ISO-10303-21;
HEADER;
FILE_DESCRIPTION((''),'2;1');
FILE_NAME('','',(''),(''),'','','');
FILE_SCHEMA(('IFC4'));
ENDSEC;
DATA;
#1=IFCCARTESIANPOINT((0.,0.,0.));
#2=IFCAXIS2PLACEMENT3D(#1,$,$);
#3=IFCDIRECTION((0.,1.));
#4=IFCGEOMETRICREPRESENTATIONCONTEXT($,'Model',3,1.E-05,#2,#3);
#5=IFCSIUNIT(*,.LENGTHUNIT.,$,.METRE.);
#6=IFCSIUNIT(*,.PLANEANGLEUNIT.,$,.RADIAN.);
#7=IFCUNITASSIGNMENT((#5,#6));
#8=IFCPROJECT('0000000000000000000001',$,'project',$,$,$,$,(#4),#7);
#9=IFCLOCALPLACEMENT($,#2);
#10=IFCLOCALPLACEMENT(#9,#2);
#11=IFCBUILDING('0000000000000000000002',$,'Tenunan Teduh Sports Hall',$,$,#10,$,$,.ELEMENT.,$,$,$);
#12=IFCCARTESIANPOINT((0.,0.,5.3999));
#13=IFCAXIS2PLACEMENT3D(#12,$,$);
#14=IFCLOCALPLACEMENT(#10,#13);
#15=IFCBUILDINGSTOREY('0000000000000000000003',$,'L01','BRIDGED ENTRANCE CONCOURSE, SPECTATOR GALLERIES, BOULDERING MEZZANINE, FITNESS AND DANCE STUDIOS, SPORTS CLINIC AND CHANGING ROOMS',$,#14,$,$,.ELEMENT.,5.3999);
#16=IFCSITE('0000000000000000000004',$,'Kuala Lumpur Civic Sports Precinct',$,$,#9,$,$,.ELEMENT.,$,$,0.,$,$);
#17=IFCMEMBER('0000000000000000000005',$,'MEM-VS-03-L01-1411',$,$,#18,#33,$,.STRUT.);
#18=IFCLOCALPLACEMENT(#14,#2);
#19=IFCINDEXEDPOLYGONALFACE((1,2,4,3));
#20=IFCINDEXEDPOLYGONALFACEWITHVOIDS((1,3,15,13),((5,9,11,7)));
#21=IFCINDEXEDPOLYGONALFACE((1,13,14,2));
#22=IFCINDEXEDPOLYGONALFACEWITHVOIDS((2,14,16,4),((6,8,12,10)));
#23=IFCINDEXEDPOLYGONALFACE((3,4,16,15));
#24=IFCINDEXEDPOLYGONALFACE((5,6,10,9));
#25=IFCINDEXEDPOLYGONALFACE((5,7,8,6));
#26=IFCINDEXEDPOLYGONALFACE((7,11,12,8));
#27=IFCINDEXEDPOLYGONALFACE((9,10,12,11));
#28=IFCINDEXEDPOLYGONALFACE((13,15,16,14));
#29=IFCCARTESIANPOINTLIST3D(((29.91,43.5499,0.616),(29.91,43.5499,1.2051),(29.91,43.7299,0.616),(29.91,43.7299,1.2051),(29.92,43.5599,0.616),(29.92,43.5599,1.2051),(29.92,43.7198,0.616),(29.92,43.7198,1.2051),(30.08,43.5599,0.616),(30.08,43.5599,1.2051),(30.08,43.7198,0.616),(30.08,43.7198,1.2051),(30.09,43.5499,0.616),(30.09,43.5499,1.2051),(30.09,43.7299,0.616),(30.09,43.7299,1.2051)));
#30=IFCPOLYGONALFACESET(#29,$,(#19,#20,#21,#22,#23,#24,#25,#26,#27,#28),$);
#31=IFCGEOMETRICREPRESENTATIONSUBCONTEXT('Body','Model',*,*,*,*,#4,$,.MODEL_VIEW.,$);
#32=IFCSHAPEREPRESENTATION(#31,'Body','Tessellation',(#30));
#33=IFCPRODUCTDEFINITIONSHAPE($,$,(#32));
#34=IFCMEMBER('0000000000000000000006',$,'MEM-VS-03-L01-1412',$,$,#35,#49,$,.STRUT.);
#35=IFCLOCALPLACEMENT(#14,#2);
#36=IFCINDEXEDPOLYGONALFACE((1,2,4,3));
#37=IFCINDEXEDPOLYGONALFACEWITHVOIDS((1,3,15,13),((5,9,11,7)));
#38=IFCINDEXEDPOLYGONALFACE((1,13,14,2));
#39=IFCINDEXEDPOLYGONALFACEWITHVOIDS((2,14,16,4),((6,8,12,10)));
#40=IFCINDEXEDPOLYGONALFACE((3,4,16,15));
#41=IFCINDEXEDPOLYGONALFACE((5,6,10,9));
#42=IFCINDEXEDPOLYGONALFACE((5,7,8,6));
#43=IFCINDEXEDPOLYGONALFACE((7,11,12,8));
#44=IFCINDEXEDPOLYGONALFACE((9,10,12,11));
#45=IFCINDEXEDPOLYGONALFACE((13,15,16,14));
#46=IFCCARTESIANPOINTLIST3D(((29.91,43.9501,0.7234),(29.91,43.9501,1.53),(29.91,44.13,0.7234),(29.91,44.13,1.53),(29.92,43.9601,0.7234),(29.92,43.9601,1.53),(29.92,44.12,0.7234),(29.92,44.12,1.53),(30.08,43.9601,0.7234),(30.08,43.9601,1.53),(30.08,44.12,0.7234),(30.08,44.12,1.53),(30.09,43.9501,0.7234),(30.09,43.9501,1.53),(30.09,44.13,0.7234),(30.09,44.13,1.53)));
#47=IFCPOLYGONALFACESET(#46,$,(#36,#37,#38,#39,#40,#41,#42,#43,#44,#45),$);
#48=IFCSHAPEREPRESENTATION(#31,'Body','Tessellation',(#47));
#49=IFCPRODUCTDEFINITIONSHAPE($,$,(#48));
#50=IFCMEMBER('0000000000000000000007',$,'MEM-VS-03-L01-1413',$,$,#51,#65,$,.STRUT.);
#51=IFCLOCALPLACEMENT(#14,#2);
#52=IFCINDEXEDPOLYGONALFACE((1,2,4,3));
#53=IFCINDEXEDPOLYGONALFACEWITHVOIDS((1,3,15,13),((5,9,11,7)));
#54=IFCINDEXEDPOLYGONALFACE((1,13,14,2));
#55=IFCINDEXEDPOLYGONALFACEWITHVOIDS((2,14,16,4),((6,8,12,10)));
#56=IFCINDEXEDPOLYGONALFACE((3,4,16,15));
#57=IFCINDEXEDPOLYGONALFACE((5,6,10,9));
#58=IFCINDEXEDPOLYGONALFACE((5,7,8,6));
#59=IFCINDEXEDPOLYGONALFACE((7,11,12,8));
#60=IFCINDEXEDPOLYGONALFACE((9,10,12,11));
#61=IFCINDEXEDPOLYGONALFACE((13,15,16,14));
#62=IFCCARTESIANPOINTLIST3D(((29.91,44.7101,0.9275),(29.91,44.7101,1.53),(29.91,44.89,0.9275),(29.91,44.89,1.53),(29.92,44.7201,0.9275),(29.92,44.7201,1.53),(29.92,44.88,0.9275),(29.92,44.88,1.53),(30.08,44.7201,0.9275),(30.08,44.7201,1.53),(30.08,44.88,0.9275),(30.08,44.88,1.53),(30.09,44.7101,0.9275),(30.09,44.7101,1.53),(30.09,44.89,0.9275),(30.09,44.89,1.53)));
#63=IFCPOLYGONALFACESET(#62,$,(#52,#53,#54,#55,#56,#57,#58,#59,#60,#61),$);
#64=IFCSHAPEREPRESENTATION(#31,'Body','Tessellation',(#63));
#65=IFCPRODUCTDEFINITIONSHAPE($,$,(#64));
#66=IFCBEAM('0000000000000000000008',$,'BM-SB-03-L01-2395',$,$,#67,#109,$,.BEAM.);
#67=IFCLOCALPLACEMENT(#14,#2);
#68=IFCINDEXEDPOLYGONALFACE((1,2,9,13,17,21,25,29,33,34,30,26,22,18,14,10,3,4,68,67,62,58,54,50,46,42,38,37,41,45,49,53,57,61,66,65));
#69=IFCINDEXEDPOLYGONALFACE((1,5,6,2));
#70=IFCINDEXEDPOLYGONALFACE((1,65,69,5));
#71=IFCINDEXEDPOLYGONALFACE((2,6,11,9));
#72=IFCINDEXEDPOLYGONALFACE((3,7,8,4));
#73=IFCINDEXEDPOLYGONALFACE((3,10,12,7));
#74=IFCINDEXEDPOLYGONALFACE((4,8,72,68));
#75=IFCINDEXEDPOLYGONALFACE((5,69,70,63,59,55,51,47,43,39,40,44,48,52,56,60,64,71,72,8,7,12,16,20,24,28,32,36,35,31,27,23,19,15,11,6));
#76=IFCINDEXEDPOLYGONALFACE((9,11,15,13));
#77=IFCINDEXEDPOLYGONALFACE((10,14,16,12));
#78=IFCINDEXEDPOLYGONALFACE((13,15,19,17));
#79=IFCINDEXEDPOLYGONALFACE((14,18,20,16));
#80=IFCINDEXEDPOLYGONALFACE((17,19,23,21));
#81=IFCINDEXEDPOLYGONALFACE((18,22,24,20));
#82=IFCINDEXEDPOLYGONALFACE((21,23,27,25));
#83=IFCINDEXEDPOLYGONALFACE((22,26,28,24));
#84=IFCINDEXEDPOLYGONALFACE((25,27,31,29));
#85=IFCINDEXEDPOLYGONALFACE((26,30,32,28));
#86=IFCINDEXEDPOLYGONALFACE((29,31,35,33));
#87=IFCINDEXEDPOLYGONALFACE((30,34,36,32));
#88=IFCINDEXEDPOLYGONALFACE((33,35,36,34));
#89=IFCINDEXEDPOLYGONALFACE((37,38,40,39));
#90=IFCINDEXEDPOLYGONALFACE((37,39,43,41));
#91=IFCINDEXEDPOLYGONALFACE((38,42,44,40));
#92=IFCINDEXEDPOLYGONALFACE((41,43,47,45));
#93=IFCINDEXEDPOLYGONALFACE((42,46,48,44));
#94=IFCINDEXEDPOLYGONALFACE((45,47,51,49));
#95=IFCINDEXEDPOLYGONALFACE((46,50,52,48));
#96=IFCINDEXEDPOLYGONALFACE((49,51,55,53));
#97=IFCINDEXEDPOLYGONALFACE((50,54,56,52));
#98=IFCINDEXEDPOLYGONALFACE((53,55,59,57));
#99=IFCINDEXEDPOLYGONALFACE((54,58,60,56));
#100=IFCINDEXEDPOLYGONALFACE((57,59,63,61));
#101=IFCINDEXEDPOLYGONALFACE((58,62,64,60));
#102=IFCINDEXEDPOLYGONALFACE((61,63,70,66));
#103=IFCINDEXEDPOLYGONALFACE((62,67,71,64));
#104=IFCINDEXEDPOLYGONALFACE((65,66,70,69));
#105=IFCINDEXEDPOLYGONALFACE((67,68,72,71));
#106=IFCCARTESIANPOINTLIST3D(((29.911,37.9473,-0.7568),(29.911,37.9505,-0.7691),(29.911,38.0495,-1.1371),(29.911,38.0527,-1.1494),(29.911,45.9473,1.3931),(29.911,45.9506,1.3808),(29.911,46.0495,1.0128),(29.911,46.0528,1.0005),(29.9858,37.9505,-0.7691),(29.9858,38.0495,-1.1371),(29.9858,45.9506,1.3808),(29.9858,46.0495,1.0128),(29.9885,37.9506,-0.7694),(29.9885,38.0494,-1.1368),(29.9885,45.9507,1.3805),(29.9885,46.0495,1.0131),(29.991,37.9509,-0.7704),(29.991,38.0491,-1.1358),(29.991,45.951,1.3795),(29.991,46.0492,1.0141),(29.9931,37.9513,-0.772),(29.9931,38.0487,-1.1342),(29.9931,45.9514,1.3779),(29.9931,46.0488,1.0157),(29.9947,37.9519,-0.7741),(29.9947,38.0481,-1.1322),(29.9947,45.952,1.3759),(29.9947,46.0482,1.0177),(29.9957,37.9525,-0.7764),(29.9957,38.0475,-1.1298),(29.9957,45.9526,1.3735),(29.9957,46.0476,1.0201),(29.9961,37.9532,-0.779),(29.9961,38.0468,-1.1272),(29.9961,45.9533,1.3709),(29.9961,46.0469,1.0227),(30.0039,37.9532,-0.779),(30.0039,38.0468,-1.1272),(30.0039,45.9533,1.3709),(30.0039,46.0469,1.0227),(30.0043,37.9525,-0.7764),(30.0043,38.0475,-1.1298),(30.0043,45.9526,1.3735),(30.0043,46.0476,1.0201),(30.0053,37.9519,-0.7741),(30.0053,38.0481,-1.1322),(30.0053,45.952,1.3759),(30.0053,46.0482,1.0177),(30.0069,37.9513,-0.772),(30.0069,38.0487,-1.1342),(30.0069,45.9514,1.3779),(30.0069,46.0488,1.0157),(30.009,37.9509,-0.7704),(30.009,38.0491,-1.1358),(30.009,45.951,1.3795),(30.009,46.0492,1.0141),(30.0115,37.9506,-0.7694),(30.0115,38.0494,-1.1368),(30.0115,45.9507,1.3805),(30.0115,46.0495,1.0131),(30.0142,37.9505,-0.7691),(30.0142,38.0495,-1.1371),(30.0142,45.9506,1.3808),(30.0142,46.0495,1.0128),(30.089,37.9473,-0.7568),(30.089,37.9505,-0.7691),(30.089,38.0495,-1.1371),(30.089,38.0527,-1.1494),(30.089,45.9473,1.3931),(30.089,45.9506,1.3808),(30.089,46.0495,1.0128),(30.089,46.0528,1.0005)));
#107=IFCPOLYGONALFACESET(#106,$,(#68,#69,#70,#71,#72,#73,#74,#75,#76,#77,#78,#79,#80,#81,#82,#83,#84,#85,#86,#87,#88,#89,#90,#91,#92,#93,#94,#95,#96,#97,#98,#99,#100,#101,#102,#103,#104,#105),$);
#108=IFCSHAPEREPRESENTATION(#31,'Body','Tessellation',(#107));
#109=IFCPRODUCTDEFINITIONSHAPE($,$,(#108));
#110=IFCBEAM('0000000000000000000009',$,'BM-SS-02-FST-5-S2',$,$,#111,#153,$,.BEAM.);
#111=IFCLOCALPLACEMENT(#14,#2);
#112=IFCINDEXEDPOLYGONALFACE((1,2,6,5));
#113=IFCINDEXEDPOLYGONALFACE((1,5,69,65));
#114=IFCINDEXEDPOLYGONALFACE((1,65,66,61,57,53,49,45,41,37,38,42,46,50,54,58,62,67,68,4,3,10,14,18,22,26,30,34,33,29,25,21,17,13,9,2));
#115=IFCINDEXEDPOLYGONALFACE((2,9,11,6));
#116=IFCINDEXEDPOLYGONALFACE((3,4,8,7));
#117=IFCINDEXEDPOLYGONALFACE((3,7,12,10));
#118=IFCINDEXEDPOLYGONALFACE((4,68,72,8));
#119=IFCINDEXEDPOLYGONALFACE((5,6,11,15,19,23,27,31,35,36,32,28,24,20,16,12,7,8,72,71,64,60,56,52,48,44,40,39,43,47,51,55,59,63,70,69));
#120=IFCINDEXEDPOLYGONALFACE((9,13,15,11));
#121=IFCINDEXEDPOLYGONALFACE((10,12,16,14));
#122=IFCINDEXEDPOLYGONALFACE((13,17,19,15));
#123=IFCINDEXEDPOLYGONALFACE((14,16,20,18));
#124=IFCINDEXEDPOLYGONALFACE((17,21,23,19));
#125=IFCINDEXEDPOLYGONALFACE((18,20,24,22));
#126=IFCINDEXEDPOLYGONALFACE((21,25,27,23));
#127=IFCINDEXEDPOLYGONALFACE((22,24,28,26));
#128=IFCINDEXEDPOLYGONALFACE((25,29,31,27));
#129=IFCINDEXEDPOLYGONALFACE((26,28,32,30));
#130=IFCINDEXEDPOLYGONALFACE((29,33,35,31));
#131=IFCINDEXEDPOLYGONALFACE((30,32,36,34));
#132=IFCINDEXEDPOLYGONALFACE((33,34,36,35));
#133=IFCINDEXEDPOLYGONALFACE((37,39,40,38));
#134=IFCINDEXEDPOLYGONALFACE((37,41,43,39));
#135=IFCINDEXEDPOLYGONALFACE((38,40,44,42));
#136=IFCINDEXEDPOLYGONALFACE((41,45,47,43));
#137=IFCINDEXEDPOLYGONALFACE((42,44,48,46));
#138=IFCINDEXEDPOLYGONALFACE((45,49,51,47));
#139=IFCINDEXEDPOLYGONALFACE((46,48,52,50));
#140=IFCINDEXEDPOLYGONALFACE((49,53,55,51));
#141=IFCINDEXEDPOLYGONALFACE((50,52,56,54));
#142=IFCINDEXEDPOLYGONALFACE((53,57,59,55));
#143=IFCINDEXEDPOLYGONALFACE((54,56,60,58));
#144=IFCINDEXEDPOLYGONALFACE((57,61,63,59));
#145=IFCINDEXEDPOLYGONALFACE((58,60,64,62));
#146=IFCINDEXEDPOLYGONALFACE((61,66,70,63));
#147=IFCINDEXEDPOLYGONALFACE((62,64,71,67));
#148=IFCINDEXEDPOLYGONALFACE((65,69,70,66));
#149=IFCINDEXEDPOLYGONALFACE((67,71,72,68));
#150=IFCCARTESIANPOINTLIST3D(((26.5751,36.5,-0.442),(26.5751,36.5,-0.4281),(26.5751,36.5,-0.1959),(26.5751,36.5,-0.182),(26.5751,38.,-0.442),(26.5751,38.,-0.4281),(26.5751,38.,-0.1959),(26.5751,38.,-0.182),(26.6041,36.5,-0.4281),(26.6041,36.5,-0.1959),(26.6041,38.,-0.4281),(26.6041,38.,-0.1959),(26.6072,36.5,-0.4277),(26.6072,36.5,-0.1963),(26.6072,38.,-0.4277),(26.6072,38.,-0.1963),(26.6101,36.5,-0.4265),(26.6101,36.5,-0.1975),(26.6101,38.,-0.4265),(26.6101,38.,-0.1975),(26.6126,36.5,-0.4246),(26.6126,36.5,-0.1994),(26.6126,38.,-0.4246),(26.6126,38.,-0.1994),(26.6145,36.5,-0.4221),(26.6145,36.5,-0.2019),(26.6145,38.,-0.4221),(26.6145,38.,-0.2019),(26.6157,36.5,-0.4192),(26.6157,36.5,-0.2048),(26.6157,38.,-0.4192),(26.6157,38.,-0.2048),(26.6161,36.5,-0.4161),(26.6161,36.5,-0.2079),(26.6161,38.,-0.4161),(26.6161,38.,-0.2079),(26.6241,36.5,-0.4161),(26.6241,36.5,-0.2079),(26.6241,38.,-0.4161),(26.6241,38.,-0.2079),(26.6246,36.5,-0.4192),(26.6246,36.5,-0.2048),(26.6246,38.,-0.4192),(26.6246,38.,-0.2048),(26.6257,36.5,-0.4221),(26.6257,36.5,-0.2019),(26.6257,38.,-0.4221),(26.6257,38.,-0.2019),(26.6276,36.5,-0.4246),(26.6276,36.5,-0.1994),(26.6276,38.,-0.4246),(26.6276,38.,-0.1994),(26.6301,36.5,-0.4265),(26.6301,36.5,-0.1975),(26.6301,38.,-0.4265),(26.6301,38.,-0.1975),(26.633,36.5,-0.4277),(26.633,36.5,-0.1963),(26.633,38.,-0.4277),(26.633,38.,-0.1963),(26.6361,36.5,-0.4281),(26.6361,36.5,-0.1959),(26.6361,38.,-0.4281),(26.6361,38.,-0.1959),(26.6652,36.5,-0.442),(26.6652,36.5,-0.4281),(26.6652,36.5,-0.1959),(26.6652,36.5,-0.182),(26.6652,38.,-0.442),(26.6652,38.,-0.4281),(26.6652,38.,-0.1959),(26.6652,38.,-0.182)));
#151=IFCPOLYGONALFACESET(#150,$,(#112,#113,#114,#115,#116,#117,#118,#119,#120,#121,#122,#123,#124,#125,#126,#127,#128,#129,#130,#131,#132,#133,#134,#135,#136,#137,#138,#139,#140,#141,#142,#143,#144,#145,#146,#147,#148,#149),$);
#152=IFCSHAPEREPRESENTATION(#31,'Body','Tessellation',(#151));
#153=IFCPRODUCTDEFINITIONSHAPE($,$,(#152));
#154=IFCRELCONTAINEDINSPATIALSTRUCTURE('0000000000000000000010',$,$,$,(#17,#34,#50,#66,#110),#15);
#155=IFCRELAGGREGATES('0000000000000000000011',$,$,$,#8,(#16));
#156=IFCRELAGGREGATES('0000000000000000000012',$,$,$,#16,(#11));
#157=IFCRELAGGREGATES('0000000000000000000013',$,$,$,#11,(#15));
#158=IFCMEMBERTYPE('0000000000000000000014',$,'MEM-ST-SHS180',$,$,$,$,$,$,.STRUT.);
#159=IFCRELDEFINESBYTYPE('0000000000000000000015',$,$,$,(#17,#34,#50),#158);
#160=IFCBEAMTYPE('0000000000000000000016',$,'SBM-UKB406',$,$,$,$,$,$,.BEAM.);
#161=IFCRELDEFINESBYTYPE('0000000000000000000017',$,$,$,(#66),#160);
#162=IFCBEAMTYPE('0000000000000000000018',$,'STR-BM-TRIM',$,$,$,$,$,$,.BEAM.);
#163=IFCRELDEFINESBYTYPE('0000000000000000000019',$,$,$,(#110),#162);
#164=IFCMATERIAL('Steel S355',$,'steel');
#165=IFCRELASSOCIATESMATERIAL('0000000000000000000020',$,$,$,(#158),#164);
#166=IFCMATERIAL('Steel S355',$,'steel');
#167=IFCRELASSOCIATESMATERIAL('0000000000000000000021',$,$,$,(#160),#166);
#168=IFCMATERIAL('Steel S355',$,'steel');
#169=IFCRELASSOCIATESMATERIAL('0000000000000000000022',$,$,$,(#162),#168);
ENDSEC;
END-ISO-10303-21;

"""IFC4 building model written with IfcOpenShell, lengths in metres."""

from ifc_helpers import new_model, si_unit, direction, frame, origin, origin_2d, place, context, subcontext, project, spatial, hollow_rectangle, i_section, extrude, material, material_profile, profile_set, type_object, element, save


model = new_model("IFC4")

# Units and contexts
model_context = context("Model", 3, precision=1e-05, world=origin(), true_north=direction((0.0, 1.0)))
body_context = subcontext(model_context, "Body", "Model", "MODEL_VIEW")
ifc_project = project(units=[si_unit("LENGTHUNIT", "METRE"), si_unit("PLANEANGLEUNIT", "RADIAN")], contexts=[model_context])

# Site, building, storey
site_placement = place(None, origin())
site = spatial("IfcSite", under=ifc_project, at=site_placement, Name="Kuala Lumpur Civic Sports Precinct", CompositionType="ELEMENT", RefElevation=0.0)
building_placement = place(site_placement, origin())
building = spatial("IfcBuilding", under=site, at=building_placement, Name="Tenunan Teduh Sports Hall", CompositionType="ELEMENT")
storey_placement = place(building_placement, frame((0.0, 0.0, 5.3999)))
storey = spatial("IfcBuildingStorey", under=building, at=storey_placement, Name="L01", Description="BRIDGED ENTRANCE CONCOURSE, SPECTATOR GALLERIES, BOULDERING MEZZANINE, FITNESS AND DANCE STUDIOS, SPORTS CLINIC AND CHANGING ROOMS", CompositionType="ELEMENT", Elevation=5.3999)

# Members
ifc_material_1 = material(Name="Steel S355", Category="steel")
ifc_material_profile_1 = material_profile(ifc_material_1, hollow_rectangle(XDim=0.1799, YDim=0.1799, WallThickness=0.01, at=origin_2d()), Name="SHS 180x180x10.0")
ifc_profile_set_1 = profile_set([ifc_material_profile_1], Name="Steel S355")
member_type = type_object("IfcMemberType", Name="MEM-ST-SHS180", PredefinedType="STRUT", material=ifc_profile_set_1)
member_1_placement = place(storey_placement, frame((30.0, 43.6399, 0.616), z_axis=(0.0, 0.0, 1.0), x_axis=(1.0, 0.0, 0.0)))
element("IfcMember", 1, at=member_1_placement, inside=storey, type_object=member_type, Name="MEM-VS-03-L01-1411", PredefinedType="STRUT", context=body_context, shape_type="SweptSolid", body=[
    extrude(hollow_rectangle(XDim=0.1799, YDim=0.1799, WallThickness=0.01, at=origin_2d()), origin(), (0.0, 0.0, 1.0), 0.5891),
])
member_2_placement = place(storey_placement, frame((30.0, 44.04, 0.7234), z_axis=(0.0, 0.0, 1.0), x_axis=(1.0, 0.0, 0.0)))
element("IfcMember", 2, at=member_2_placement, inside=storey, type_object=member_type, Name="MEM-VS-03-L01-1412", PredefinedType="STRUT", context=body_context, shape_type="SweptSolid", body=[
    extrude(hollow_rectangle(XDim=0.1799, YDim=0.1799, WallThickness=0.01, at=origin_2d()), origin(), (0.0, 0.0, 1.0), 0.8066),
])
member_3_placement = place(storey_placement, frame((30.0, 44.8, 0.9275), z_axis=(0.0, 0.0, 1.0), x_axis=(1.0, 0.0, 0.0)))
element("IfcMember", 3, at=member_3_placement, inside=storey, type_object=member_type, Name="MEM-VS-03-L01-1413", PredefinedType="STRUT", context=body_context, shape_type="SweptSolid", body=[
    extrude(hollow_rectangle(XDim=0.1799, YDim=0.1799, WallThickness=0.01, at=origin_2d()), origin(), (0.0, 0.0, 1.0), 0.6025),
])

# Beams
ifc_material_2 = material(Name="Steel S355", Category="steel")
ifc_material_profile_2 = material_profile(ifc_material_2, i_section(OverallWidth=0.178, OverallDepth=0.4065, WebThickness=0.0078, FlangeThickness=0.0127, FilletRadius=0.0103, at=origin_2d()), Name="UKB 406x178x60")
ifc_profile_set_2 = profile_set([ifc_material_profile_2], Name="Steel S355")
beam_type_1 = type_object("IfcBeamType", Name="SBM-UKB406", PredefinedType="BEAM", material=ifc_profile_set_2)
beam_1_placement = place(storey_placement, frame((30.0, 38.0, -0.9531), z_axis=(0.0, 0.965735, 0.25953), x_axis=(-1.0, 0.0, 0.0)))
element("IfcBeam", 4, at=beam_1_placement, inside=storey, type_object=beam_type_1, Name="BM-SB-03-L01-2395", PredefinedType="BEAM", context=body_context, shape_type="SweptSolid", body=[
    extrude(i_section(OverallWidth=0.178, OverallDepth=0.4065, WebThickness=0.0078, FlangeThickness=0.0127, FilletRadius=0.0103, at=origin_2d()), origin(), (0.0, 0.0, 1.0), 8.2839),
])
ifc_material_3 = material(Name="Steel S355", Category="steel")
ifc_material_profile_3 = material_profile(ifc_material_3, i_section(OverallWidth=0.0901, OverallDepth=0.26, WebThickness=0.0081, FlangeThickness=0.0139, FilletRadius=0.012, at=origin_2d()), Name="PFC 260x90")
ifc_profile_set_3 = profile_set([ifc_material_profile_3], Name="Steel S355")
beam_type_2 = type_object("IfcBeamType", Name="STR-BM-TRIM", PredefinedType="BEAM", material=ifc_profile_set_3)
beam_2_placement = place(storey_placement, frame((26.6201, 36.5, -0.312), z_axis=(0.0, 1.0, 0.0), x_axis=(-1.0, 0.0, 0.0)))
element("IfcBeam", 5, at=beam_2_placement, inside=storey, type_object=beam_type_2, Name="BM-SS-02-FST-5-S2", PredefinedType="BEAM", context=body_context, shape_type="SweptSolid", body=[
    extrude(i_section(OverallWidth=0.0901, OverallDepth=0.26, WebThickness=0.0081, FlangeThickness=0.0139, FilletRadius=0.012, at=origin_2d()), origin(), (0.0, 0.0, 1.0), 1.5),
])

save(model, "model.ifc")
